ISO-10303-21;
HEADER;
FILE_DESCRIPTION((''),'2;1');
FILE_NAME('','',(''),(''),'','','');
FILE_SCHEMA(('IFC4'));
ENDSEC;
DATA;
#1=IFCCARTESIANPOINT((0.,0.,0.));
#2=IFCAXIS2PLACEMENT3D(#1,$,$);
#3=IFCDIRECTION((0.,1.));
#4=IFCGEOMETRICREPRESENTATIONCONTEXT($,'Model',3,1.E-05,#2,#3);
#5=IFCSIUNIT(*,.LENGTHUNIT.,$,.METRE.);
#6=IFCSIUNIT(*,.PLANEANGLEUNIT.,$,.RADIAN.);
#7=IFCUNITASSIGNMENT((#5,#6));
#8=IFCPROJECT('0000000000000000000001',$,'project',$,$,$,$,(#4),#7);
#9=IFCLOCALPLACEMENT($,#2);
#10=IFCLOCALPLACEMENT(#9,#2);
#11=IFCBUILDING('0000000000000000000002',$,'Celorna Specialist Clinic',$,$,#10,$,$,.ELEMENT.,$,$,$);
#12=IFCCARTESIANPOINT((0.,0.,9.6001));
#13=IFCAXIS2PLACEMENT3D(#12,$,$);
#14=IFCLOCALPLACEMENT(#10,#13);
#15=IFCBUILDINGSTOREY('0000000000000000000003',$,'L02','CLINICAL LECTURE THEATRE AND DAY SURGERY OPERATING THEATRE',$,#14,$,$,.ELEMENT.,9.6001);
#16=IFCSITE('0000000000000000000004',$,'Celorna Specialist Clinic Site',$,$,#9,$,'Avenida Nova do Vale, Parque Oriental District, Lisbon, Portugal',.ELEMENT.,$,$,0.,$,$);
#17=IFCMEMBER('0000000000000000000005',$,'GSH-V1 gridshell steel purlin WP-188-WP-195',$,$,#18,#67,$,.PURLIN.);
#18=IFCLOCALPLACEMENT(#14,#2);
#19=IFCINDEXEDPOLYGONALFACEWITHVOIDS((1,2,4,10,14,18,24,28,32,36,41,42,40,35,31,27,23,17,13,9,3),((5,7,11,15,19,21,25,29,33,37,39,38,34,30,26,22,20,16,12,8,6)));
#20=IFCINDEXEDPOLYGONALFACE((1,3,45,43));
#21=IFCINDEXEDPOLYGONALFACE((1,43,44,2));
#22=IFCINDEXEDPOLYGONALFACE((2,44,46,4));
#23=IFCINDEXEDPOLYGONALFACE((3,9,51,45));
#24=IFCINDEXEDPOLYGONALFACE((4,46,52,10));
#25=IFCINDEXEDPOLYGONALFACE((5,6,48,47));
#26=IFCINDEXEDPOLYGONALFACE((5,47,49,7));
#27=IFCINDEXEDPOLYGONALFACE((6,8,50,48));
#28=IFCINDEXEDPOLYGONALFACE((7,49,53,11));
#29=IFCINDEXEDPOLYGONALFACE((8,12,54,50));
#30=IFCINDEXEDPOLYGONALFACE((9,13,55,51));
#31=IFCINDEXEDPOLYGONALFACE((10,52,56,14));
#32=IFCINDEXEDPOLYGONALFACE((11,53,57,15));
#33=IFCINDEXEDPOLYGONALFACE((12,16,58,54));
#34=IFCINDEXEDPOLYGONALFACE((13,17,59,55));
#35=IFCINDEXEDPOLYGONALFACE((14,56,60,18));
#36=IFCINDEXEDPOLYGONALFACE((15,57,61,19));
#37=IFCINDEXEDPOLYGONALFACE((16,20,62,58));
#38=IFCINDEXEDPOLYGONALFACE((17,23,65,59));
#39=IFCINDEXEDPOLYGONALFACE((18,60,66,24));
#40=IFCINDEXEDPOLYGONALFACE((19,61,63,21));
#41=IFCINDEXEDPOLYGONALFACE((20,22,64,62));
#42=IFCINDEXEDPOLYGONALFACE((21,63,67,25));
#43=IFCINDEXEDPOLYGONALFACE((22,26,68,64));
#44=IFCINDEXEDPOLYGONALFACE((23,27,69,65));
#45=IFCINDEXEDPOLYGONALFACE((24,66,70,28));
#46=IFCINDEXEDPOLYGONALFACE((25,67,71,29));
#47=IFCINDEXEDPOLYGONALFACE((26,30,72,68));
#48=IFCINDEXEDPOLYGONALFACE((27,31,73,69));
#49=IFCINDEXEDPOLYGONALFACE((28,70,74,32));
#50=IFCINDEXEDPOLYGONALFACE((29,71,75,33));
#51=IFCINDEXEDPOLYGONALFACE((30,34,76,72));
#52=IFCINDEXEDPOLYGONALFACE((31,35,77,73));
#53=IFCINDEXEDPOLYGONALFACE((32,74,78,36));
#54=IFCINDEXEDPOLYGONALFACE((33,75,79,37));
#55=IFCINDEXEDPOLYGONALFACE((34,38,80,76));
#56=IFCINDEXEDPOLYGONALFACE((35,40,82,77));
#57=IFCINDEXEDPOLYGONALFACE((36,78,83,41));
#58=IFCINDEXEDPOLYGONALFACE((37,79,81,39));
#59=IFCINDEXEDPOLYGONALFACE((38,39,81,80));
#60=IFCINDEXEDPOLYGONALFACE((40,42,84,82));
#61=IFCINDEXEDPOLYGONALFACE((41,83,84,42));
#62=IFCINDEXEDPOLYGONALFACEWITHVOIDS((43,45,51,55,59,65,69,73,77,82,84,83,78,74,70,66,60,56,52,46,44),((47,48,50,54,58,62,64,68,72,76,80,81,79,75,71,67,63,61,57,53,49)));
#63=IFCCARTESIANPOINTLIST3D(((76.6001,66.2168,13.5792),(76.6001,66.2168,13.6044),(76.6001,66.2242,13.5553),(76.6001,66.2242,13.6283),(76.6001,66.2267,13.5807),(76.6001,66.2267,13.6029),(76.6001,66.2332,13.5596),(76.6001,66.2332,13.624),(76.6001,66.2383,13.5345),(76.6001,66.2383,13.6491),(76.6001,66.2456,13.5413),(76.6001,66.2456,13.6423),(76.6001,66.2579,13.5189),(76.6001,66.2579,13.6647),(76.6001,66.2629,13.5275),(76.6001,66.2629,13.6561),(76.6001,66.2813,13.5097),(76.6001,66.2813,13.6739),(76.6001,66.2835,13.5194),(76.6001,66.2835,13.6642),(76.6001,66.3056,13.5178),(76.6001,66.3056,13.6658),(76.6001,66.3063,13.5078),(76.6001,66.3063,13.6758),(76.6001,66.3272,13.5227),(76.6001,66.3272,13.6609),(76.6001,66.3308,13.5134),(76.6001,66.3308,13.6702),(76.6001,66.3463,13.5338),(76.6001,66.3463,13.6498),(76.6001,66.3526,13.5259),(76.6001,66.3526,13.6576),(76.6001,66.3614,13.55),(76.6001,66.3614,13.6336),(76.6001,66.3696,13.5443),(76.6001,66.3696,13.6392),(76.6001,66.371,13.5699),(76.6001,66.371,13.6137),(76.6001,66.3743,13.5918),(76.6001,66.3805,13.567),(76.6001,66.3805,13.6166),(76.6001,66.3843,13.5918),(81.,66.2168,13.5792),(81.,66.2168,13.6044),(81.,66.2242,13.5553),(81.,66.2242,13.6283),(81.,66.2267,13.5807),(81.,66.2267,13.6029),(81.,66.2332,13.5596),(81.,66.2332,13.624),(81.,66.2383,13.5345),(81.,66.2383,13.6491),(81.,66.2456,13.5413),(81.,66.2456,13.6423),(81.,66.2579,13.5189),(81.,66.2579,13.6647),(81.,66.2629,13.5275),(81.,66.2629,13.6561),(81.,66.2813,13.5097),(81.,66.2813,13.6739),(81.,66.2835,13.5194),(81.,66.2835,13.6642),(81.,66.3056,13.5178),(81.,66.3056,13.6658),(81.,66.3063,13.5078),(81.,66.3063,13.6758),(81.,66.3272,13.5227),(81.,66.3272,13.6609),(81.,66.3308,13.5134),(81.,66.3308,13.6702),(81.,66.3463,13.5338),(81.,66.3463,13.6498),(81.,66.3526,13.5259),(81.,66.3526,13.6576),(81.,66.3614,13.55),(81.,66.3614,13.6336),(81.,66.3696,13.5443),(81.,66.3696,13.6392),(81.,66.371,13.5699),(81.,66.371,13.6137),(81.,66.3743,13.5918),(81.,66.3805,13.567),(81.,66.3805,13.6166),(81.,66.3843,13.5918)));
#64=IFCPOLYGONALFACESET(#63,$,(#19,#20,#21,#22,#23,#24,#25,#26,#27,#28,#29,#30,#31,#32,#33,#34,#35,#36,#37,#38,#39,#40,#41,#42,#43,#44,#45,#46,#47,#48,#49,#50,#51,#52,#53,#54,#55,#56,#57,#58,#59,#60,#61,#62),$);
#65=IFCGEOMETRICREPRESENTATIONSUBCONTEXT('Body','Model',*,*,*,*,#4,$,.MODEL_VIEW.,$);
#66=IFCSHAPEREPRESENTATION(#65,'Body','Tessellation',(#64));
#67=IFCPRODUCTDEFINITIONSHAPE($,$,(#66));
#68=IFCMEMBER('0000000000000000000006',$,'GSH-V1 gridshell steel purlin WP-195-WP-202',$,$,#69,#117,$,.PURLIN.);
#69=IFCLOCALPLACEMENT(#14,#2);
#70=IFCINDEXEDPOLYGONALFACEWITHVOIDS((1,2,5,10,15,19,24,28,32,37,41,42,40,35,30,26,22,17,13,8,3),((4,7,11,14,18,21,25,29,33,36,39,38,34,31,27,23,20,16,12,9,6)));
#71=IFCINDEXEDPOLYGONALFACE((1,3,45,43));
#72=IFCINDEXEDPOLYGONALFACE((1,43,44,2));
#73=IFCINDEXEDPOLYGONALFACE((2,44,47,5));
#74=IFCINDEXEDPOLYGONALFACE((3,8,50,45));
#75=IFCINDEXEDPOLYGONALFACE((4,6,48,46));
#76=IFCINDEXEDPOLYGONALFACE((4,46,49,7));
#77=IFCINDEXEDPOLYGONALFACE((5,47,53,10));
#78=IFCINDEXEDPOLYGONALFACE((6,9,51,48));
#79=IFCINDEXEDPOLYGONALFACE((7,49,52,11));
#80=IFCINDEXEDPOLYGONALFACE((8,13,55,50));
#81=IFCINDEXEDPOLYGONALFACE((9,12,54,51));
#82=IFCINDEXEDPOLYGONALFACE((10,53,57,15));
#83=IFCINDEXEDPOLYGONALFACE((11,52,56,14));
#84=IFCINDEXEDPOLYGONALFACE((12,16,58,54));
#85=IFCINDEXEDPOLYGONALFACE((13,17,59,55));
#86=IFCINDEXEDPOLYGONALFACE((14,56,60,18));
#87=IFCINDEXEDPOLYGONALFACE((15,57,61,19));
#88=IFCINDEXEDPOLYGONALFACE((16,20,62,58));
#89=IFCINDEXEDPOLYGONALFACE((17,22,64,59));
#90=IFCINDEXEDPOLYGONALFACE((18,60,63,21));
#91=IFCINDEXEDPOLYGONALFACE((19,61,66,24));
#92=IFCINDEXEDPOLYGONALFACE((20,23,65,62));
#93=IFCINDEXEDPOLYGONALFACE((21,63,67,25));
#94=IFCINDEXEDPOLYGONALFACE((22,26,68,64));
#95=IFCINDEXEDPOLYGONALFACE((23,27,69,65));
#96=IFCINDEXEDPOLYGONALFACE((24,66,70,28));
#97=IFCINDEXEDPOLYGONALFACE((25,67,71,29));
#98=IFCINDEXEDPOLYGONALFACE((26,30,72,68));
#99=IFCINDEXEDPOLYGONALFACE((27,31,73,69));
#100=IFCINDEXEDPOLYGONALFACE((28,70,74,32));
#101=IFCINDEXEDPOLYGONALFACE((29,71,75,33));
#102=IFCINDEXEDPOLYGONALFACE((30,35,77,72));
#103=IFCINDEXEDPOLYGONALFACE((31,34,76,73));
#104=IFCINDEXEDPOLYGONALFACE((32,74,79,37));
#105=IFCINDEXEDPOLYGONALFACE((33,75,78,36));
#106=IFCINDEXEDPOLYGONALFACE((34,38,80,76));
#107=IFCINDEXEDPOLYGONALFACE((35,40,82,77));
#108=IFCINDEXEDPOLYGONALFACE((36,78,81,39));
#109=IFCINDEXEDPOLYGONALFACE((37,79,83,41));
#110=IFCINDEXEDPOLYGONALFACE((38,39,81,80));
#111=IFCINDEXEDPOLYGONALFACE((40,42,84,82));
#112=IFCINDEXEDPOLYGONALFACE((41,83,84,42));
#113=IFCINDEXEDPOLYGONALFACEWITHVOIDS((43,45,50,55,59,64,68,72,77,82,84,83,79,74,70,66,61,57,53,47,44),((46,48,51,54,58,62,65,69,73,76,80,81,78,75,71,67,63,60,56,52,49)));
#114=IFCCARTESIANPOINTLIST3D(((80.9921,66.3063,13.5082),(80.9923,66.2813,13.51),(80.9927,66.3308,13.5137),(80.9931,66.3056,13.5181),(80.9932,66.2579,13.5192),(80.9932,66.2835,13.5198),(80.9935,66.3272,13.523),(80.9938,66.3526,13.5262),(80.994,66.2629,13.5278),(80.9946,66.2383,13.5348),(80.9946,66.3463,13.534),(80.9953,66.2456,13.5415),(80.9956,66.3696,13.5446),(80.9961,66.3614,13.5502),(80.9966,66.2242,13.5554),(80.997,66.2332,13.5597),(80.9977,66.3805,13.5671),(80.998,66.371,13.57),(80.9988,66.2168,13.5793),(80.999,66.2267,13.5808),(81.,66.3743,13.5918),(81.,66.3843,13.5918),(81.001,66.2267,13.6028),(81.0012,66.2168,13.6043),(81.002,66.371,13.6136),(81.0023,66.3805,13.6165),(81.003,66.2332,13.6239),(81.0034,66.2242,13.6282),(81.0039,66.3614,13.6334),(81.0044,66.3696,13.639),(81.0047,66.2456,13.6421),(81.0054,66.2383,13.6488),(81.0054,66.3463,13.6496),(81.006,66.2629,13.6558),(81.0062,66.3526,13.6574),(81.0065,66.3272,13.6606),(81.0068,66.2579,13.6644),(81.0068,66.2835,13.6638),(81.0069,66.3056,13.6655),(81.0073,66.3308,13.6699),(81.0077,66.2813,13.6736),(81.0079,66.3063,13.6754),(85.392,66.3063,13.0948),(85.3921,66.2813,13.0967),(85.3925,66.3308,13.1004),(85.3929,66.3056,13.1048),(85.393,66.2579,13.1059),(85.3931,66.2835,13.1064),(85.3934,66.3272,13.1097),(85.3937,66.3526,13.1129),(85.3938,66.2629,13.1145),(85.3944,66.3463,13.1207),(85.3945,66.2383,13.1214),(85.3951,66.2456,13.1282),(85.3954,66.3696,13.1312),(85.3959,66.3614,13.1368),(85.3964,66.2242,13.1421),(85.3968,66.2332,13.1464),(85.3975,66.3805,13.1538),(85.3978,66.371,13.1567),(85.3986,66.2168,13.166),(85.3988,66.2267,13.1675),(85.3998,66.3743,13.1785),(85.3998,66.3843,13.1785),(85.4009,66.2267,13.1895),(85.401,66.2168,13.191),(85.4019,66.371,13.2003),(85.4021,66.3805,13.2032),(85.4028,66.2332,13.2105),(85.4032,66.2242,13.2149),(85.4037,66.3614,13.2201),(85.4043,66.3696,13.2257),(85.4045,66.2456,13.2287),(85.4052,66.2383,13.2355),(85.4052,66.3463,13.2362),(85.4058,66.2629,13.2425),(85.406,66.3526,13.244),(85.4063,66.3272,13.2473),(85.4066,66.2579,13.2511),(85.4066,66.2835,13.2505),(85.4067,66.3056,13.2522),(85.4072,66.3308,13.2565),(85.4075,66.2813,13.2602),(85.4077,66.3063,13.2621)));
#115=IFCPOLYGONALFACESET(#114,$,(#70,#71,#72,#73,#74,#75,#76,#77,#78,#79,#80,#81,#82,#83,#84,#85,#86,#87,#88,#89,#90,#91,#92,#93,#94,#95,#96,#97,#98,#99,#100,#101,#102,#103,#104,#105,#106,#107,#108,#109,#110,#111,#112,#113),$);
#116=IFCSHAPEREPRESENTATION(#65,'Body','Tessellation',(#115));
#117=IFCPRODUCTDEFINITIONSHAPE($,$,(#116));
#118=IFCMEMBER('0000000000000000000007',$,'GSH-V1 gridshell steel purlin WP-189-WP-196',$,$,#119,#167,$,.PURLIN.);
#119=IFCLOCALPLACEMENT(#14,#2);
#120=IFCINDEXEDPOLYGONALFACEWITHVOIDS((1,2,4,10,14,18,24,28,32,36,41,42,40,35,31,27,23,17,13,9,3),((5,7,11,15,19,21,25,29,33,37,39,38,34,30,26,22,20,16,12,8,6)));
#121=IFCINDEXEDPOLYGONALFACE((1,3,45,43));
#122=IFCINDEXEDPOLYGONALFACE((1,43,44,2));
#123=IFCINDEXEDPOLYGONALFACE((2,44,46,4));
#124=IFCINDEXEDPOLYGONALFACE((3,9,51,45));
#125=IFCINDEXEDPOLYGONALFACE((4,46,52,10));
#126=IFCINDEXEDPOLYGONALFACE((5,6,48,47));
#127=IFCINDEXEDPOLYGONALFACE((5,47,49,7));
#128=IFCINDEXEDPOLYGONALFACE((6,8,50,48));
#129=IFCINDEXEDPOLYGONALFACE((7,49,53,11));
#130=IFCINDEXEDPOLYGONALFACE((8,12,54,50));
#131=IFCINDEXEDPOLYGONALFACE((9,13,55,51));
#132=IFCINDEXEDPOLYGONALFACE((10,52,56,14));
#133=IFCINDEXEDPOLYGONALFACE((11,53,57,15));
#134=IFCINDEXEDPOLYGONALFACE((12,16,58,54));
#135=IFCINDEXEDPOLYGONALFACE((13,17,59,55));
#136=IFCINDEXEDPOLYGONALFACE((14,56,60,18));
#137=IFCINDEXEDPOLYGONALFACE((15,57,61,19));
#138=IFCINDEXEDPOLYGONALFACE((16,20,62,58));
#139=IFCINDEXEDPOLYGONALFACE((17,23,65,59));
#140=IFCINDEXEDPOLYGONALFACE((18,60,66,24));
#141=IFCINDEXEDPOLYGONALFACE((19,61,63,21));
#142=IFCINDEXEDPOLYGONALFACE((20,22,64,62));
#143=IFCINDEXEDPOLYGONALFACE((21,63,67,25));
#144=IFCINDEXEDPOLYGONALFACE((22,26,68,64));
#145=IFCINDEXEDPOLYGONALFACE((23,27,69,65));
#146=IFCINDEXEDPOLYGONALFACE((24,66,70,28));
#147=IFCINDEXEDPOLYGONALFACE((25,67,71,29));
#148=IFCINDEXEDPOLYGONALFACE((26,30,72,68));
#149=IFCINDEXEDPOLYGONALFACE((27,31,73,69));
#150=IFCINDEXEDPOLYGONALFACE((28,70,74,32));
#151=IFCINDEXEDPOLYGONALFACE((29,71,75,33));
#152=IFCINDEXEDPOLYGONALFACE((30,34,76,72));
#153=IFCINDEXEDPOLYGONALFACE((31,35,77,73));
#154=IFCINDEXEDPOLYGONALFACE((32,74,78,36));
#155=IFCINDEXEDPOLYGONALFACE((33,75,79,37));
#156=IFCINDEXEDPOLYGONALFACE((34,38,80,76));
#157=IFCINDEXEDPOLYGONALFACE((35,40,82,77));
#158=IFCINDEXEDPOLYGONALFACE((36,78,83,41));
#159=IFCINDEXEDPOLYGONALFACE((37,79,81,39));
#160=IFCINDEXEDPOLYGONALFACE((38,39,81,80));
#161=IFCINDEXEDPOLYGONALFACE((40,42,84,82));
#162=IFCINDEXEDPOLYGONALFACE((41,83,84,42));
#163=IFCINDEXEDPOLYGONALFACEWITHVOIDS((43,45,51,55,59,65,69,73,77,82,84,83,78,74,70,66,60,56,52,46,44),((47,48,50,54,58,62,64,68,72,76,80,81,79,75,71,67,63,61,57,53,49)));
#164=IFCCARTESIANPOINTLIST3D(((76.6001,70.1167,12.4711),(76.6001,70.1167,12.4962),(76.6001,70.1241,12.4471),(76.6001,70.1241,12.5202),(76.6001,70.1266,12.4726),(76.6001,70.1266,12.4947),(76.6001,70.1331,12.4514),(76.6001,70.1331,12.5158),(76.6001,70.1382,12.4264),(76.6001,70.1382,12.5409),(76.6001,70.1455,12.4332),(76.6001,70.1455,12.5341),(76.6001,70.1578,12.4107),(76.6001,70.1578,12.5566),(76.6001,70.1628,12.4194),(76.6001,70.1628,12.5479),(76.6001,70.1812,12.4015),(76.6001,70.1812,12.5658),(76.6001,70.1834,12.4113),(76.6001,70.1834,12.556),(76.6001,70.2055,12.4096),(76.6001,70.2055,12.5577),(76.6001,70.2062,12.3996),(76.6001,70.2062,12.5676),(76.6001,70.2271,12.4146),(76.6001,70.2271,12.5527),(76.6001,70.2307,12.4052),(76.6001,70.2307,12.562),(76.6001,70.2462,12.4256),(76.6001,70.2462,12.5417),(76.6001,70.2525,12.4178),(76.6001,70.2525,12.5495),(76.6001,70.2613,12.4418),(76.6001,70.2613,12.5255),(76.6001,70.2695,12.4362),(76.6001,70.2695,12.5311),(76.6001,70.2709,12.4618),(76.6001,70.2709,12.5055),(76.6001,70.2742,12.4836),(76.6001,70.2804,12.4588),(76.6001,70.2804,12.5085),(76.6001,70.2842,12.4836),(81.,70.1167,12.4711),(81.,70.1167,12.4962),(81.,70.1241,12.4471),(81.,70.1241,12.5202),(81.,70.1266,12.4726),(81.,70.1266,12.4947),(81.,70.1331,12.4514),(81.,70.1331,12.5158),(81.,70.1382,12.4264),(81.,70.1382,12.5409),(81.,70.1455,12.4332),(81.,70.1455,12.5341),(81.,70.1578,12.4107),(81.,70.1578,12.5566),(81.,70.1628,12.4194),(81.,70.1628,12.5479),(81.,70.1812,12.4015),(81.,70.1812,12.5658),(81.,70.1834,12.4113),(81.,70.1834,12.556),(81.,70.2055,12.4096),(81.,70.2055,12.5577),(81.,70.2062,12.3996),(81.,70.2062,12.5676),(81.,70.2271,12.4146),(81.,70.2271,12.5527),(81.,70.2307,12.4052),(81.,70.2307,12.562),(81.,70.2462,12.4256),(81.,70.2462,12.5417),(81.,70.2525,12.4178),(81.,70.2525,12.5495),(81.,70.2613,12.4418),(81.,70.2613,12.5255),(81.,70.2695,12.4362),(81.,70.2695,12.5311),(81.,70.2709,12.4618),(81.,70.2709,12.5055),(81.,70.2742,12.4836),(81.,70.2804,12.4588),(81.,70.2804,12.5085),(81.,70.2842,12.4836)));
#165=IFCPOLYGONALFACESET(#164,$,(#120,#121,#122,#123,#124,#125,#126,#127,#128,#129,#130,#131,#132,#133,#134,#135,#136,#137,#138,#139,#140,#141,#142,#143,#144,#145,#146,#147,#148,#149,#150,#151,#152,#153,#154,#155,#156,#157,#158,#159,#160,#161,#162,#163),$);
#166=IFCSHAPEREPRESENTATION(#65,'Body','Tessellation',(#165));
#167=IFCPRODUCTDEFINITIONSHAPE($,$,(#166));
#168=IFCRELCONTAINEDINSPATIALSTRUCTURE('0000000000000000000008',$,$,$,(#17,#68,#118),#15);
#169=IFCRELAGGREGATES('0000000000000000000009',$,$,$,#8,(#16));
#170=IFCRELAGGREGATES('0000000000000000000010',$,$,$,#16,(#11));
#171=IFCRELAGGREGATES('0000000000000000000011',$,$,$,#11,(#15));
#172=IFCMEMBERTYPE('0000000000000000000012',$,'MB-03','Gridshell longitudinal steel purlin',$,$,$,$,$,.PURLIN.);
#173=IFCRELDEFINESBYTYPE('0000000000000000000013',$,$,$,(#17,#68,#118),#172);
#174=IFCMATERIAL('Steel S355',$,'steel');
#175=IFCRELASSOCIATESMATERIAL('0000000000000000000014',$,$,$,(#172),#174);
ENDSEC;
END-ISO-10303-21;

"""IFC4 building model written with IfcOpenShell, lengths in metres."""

from ifc_helpers import new_model, si_unit, direction, frame, origin, origin_2d, place, context, subcontext, project, spatial, hollow_circle, extrude, material, material_profile, profile_set, type_object, element, save


model = new_model("IFC4")

# Units and contexts
model_context = context("Model", 3, precision=1e-05, world=origin(), true_north=direction((0.0, 1.0)))
body_context = subcontext(model_context, "Body", "Model", "MODEL_VIEW")
ifc_project = project(units=[si_unit("LENGTHUNIT", "METRE"), si_unit("PLANEANGLEUNIT", "RADIAN")], contexts=[model_context])

# Site, building, storey
site_placement = place(None, origin())
site = spatial("IfcSite", under=ifc_project, at=site_placement, Name="Celorna Specialist Clinic Site", LongName="Avenida Nova do Vale, Parque Oriental District, Lisbon, Portugal", CompositionType="ELEMENT", RefElevation=0.0)
building_placement = place(site_placement, origin())
building = spatial("IfcBuilding", under=site, at=building_placement, Name="Celorna Specialist Clinic", CompositionType="ELEMENT")
storey_placement = place(building_placement, frame((0.0, 0.0, 9.6001)))
storey = spatial("IfcBuildingStorey", under=building, at=storey_placement, Name="L02", Description="CLINICAL LECTURE THEATRE AND DAY SURGERY OPERATING THEATRE", CompositionType="ELEMENT", Elevation=9.6001)

# Shared definitions
ifc_material_1 = material(Name="Steel S355", Category="steel")

# Members
ifc_material_profile_1 = material_profile(ifc_material_1, hollow_circle(Radius=0.0842, WallThickness=0.01, at=origin_2d()), Name="CHS 168.3x10")
ifc_profile_set_1 = profile_set([ifc_material_profile_1], Name="Steel S355")
member_type_1 = type_object("IfcMemberType", Name="MB-03", Description="Gridshell longitudinal steel purlin", PredefinedType="PURLIN", material=ifc_profile_set_1)
member_1_placement = place(storey_placement, frame((76.6001, 66.3, 13.5918), z_axis=(1.0, 0.0, 0.0), x_axis=(0.0, 1.0, 0.0)))
element("IfcMember", 1, at=member_1_placement, inside=storey, type_object=member_type_1, Name="GSH-V1 gridshell steel purlin WP-188-WP-195", PredefinedType="PURLIN", context=body_context, shape_type="SweptSolid", body=[
    extrude(hollow_circle(Radius=0.0842, WallThickness=0.01, at=origin_2d()), origin(), (0.0, 0.0, 1.0), 4.3999),
])
member_2_placement = place(storey_placement, frame((81.0, 66.3, 13.5918), z_axis=(0.995617, 0.0, -0.093529), x_axis=(0.0, 1.0, 0.0)))
element("IfcMember", 2, at=member_2_placement, inside=storey, type_object=member_type_1, Name="GSH-V1 gridshell steel purlin WP-195-WP-202", PredefinedType="PURLIN", context=body_context, shape_type="SweptSolid", body=[
    extrude(hollow_circle(Radius=0.0842, WallThickness=0.01, at=origin_2d()), origin(), (0.0, 0.0, 1.0), 4.4192),
])
member_3_placement = place(storey_placement, frame((76.6001, 70.2, 12.4836), z_axis=(1.0, 0.0, 0.0), x_axis=(0.0, 1.0, 0.0)))
element("IfcMember", 3, at=member_3_placement, inside=storey, type_object=member_type_1, Name="GSH-V1 gridshell steel purlin WP-189-WP-196", PredefinedType="PURLIN", context=body_context, shape_type="SweptSolid", body=[
    extrude(hollow_circle(Radius=0.0842, WallThickness=0.01, at=origin_2d()), origin(), (0.0, 0.0, 1.0), 4.3999),
])

save(model, "model.ifc")
